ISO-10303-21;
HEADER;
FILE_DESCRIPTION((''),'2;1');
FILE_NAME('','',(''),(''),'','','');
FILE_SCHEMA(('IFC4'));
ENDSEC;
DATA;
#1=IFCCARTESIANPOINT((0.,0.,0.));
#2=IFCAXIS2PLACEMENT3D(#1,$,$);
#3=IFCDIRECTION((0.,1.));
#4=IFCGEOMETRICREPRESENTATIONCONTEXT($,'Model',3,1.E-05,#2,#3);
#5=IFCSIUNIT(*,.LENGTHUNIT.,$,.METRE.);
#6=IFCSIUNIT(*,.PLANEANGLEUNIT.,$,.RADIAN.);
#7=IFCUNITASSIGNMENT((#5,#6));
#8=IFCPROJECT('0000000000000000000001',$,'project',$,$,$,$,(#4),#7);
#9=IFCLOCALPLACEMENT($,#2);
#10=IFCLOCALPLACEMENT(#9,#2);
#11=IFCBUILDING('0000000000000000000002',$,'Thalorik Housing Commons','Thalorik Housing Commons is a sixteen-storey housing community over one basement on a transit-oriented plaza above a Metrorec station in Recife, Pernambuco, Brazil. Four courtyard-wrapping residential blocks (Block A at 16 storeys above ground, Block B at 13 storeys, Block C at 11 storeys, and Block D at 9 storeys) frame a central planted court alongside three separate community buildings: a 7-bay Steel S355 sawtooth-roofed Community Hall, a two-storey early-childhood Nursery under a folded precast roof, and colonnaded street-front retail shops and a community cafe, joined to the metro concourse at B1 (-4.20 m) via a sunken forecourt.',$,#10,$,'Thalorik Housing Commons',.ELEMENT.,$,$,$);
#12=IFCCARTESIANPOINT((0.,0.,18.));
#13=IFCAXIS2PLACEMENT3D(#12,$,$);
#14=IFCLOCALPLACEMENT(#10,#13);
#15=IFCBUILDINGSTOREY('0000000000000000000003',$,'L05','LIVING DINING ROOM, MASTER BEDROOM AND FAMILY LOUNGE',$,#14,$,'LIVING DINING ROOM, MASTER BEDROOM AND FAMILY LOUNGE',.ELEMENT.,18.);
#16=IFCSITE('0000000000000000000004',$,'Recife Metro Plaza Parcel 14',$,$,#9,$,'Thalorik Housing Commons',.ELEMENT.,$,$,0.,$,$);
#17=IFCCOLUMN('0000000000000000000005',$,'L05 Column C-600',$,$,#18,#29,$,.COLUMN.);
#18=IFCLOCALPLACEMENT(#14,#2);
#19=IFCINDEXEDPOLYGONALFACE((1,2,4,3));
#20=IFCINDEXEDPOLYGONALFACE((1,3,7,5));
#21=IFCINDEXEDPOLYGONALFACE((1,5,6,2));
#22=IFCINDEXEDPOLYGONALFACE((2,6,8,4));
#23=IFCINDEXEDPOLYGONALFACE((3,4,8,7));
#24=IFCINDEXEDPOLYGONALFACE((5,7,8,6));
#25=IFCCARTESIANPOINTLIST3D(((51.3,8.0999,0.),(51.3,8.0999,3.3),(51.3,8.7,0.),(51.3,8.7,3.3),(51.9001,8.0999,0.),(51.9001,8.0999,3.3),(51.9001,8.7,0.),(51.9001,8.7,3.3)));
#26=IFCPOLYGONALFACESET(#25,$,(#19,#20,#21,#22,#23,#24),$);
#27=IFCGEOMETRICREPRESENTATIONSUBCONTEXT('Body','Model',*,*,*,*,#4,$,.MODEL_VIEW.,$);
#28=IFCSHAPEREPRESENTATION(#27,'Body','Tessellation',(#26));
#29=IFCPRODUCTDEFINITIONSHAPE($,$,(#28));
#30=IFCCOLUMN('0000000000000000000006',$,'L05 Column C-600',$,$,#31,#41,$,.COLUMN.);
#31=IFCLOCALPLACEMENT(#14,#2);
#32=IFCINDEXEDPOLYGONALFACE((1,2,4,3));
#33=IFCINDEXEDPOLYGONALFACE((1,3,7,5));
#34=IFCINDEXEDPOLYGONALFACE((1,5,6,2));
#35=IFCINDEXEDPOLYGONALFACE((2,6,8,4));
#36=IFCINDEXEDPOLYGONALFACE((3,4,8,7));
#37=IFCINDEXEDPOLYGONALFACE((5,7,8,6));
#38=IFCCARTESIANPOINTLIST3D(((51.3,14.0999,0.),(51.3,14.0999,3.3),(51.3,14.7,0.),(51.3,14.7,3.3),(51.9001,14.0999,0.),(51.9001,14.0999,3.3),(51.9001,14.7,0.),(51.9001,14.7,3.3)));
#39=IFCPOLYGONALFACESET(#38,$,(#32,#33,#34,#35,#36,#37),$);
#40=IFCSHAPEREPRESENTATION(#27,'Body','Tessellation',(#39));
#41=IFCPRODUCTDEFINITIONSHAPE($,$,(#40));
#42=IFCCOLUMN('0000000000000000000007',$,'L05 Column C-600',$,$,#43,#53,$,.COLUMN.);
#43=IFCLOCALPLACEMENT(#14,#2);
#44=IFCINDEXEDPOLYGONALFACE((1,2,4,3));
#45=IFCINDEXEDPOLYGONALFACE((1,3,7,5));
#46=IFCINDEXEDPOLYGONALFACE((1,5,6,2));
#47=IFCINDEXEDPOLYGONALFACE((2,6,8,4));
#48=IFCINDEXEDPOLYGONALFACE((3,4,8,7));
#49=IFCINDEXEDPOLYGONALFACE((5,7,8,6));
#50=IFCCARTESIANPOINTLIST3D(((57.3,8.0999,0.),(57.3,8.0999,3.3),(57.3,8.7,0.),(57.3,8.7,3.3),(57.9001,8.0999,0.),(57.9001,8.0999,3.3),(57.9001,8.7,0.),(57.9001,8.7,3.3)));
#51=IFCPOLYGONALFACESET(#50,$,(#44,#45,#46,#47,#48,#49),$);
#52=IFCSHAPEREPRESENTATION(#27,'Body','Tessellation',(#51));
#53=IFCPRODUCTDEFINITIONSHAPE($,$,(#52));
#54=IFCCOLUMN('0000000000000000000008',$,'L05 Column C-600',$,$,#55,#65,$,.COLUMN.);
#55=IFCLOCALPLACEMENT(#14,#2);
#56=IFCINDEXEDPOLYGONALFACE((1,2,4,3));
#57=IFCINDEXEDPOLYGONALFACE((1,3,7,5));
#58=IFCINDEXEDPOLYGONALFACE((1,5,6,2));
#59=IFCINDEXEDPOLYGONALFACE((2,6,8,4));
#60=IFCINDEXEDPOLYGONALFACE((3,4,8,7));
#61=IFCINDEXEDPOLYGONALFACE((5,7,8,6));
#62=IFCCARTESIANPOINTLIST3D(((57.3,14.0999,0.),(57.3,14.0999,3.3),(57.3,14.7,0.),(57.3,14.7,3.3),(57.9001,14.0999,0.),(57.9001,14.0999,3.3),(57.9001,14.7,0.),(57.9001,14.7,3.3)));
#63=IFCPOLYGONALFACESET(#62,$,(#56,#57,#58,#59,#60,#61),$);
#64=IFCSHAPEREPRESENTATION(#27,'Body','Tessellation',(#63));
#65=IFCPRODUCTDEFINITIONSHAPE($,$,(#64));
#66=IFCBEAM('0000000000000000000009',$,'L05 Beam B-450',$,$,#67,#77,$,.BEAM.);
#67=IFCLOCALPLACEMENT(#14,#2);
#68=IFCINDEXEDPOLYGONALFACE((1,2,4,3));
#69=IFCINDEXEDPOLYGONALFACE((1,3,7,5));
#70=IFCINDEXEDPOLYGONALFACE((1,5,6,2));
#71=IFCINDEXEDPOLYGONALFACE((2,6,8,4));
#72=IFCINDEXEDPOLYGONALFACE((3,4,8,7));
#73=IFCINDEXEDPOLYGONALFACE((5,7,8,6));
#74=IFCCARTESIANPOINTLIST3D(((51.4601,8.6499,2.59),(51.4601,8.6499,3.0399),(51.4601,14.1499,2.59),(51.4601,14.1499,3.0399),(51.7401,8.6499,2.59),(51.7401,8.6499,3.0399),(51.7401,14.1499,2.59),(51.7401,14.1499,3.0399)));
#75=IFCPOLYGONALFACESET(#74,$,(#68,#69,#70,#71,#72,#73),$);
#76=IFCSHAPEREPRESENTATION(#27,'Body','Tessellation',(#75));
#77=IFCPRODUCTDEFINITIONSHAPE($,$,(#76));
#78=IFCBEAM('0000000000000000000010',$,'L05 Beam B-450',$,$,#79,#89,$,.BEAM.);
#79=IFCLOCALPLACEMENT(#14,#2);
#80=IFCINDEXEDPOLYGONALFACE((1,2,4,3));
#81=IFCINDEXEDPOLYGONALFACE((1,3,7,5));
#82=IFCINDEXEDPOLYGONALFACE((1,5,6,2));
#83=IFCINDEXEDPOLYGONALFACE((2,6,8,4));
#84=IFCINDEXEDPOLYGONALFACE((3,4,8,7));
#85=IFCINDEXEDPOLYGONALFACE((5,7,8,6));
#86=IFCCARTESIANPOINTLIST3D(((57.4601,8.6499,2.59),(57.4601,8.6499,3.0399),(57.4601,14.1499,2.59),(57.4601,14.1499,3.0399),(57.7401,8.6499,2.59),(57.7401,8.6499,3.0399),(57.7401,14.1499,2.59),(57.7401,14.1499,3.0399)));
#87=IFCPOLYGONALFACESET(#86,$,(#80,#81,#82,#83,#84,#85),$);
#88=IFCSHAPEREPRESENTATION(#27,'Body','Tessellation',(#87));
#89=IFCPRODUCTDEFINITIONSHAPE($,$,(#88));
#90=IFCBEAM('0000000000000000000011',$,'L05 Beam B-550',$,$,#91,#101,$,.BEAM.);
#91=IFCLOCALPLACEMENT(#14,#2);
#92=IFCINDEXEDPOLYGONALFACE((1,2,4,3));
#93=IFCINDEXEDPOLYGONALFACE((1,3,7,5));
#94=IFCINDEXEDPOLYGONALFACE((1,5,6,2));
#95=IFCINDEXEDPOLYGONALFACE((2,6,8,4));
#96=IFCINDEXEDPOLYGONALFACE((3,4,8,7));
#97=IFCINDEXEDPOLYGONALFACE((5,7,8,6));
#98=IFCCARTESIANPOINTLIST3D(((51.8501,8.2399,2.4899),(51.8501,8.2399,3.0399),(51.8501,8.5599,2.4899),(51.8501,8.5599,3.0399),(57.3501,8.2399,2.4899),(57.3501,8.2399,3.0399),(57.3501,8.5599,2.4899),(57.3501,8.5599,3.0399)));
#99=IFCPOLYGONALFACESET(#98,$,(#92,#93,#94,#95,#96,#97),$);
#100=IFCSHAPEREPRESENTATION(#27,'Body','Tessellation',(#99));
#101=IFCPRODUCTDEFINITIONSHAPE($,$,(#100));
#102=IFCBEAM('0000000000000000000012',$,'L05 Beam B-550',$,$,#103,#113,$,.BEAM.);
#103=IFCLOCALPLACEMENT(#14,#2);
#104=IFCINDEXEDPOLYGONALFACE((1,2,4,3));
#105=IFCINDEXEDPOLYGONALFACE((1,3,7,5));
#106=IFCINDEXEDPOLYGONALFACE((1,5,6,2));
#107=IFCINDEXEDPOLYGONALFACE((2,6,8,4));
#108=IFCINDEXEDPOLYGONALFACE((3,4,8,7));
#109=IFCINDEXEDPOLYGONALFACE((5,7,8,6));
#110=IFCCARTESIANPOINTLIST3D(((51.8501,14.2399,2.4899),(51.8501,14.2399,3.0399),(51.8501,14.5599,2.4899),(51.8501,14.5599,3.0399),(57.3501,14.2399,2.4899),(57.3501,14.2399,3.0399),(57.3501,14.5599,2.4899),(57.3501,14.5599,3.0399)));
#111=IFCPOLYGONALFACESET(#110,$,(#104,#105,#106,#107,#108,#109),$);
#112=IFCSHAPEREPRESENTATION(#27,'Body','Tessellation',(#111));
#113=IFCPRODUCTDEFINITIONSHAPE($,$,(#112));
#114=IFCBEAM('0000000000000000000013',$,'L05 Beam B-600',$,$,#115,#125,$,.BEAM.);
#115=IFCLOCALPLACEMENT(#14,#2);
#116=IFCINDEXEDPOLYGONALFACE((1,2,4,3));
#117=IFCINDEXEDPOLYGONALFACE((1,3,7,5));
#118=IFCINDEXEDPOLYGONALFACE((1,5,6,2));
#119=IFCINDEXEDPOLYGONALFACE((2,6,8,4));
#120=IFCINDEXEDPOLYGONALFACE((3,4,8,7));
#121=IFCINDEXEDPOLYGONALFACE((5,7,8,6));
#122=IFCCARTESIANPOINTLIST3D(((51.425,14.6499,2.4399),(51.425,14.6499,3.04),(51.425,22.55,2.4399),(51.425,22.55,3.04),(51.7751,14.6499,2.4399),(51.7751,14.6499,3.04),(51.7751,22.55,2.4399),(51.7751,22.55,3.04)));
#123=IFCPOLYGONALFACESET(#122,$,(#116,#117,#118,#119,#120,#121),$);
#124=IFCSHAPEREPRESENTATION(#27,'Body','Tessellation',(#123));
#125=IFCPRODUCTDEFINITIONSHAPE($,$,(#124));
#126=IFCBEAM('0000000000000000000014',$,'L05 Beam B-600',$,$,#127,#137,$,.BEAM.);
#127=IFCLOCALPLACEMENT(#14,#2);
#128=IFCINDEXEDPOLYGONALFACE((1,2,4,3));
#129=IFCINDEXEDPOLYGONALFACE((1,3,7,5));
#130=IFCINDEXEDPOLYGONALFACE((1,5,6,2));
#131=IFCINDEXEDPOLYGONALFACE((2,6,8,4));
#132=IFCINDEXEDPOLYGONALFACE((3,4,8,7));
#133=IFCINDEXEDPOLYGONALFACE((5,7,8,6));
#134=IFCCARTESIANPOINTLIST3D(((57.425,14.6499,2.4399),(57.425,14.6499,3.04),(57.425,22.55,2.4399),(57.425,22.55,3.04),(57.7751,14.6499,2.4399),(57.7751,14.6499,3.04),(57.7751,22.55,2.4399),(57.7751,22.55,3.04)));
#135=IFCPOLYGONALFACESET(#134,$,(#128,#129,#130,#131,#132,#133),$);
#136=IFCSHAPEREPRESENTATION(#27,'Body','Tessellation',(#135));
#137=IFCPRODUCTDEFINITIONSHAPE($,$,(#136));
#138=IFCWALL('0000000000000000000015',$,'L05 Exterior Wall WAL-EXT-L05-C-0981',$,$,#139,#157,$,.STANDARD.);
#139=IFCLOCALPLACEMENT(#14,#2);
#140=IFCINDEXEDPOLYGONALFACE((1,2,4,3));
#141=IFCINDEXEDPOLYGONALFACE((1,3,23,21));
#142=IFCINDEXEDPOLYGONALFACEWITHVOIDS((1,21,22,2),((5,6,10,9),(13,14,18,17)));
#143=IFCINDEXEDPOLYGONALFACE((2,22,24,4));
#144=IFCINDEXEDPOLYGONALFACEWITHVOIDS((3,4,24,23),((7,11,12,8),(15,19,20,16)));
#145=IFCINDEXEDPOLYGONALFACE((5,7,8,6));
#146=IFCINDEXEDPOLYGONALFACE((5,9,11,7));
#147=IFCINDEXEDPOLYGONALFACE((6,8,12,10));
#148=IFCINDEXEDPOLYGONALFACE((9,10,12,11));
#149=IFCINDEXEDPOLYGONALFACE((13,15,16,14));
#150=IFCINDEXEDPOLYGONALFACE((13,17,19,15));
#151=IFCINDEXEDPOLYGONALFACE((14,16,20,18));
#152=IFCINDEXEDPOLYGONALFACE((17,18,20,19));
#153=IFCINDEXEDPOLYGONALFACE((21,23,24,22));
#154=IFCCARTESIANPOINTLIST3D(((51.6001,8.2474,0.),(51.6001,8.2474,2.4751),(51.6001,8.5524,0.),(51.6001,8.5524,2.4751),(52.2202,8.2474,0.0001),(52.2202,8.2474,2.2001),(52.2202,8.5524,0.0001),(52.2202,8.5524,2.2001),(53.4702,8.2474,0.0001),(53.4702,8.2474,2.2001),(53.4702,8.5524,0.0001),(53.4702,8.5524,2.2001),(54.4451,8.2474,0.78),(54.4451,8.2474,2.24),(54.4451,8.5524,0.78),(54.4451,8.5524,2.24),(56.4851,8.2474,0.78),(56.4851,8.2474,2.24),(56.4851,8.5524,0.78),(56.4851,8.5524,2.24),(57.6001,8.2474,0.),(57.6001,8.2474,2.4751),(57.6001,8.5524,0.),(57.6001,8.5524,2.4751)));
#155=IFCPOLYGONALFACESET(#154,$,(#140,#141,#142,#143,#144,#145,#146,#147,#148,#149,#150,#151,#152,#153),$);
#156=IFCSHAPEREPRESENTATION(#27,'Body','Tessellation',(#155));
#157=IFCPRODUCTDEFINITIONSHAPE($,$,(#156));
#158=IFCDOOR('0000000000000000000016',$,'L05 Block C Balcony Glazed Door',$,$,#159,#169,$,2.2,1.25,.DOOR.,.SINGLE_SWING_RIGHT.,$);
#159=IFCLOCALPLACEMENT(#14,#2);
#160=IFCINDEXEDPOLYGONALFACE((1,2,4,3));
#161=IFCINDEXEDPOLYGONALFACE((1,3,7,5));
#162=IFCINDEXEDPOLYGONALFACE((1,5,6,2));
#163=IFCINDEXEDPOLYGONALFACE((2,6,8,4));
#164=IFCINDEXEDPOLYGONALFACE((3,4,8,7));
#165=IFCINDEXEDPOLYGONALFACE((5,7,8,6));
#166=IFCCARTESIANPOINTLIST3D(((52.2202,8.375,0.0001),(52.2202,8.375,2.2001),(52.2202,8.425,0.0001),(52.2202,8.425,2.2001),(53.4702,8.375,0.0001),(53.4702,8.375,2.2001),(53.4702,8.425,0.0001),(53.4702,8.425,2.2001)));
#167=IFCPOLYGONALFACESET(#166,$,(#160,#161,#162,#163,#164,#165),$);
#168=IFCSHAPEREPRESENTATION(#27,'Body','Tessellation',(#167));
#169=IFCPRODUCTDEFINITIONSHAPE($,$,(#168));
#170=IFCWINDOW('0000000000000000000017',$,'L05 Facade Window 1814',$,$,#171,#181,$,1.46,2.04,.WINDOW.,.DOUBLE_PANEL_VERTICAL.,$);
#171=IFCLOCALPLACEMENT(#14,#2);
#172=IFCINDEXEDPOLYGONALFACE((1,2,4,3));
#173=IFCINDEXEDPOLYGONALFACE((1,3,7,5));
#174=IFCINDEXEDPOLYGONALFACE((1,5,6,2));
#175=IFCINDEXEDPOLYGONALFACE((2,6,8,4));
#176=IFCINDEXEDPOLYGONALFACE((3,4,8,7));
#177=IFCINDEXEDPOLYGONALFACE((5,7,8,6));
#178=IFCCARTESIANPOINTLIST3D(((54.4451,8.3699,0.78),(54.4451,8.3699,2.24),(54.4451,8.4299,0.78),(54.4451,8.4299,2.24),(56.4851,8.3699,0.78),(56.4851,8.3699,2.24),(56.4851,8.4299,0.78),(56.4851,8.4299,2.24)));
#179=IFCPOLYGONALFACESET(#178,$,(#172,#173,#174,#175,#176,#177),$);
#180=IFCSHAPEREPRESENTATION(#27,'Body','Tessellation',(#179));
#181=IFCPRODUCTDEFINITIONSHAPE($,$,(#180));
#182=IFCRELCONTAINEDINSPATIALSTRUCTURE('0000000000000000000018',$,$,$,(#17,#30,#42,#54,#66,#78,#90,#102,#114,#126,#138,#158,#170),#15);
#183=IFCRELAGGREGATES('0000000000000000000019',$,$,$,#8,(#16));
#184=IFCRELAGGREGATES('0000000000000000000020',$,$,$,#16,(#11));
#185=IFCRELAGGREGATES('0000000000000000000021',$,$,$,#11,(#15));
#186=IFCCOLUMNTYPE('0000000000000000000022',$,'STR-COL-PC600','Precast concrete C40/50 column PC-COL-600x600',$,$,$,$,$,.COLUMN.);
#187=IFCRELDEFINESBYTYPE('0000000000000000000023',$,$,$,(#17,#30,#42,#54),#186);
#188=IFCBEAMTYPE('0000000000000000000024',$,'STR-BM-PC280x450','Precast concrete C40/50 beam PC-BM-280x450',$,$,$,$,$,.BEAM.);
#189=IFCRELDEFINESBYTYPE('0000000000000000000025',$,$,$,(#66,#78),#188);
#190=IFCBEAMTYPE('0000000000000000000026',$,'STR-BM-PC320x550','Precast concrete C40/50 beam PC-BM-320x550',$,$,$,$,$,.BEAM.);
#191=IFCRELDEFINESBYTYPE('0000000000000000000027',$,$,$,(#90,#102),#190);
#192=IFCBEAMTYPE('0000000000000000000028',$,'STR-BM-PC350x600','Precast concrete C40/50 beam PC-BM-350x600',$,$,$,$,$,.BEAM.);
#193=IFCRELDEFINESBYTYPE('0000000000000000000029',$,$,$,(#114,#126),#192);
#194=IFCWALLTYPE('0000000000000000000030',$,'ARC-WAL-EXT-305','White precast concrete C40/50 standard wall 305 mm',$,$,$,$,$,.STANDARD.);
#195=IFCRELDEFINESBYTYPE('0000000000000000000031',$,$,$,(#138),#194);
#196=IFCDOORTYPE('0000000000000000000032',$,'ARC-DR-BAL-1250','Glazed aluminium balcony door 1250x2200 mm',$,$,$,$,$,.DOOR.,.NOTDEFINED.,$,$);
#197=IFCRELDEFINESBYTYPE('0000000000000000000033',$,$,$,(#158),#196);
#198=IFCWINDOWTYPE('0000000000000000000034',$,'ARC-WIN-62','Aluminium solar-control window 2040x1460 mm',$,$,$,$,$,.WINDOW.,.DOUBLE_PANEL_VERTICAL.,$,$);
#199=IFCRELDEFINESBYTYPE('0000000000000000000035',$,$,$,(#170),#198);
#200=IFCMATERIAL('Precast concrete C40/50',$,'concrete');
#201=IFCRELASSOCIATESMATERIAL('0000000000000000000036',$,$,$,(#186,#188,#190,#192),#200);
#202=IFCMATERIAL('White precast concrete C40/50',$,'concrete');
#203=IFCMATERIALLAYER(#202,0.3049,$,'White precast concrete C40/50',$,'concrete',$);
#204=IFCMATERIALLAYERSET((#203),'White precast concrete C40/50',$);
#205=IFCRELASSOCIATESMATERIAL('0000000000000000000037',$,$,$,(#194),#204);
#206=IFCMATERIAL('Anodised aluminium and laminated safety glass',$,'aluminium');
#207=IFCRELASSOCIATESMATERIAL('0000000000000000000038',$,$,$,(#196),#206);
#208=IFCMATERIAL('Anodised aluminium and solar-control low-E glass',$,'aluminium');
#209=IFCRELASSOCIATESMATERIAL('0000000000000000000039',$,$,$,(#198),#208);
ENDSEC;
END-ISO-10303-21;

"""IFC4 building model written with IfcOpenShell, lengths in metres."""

from ifc_helpers import new_model, si_unit, direction, frame, frame_2d, origin, origin_2d, place, context, subcontext, project, spatial, rectangle, extrude, material, layer, layer_set, material_profile, profile_set, type_object, element, fill, save


model = new_model("IFC4")

# Units and contexts
model_context = context("Model", 3, precision=1e-05, world=origin(), true_north=direction((0.0, 1.0)))
body_context = subcontext(model_context, "Body", "Model", "MODEL_VIEW")
ifc_project = project(units=[si_unit("LENGTHUNIT", "METRE"), si_unit("PLANEANGLEUNIT", "RADIAN")], contexts=[model_context])

# Site, building, storey
site_placement = place(None, origin())
site = spatial("IfcSite", under=ifc_project, at=site_placement, Name="Recife Metro Plaza Parcel 14", LongName="Thalorik Housing Commons", CompositionType="ELEMENT", RefElevation=0.0)
building_placement = place(site_placement, origin())
building = spatial("IfcBuilding", under=site, at=building_placement, Name="Thalorik Housing Commons", Description="Thalorik Housing Commons is a sixteen-storey housing community over one basement on a transit-oriented plaza above a Metrorec station in Recife, Pernambuco, Brazil. Four courtyard-wrapping residential blocks (Block A at 16 storeys above ground, Block B at 13 storeys, Block C at 11 storeys, and Block D at 9 storeys) frame a central planted court alongside three separate community buildings: a 7-bay Steel S355 sawtooth-roofed Community Hall, a two-storey early-childhood Nursery under a folded precast roof, and colonnaded street-front retail shops and a community cafe, joined to the metro concourse at B1 (-4.20 m) via a sunken forecourt.", LongName="Thalorik Housing Commons", CompositionType="ELEMENT")
storey_placement = place(building_placement, frame((0.0, 0.0, 18.0)))
storey = spatial("IfcBuildingStorey", under=building, at=storey_placement, Name="L05", Description="LIVING DINING ROOM, MASTER BEDROOM AND FAMILY LOUNGE", LongName="LIVING DINING ROOM, MASTER BEDROOM AND FAMILY LOUNGE", CompositionType="ELEMENT", Elevation=18.0)

# Columns
ifc_material_1 = material(Name="Precast concrete C40/50", Category="concrete")
ifc_material_profile_1 = material_profile(ifc_material_1, rectangle(XDim=0.6001, YDim=0.6001, at=origin_2d()), Name="PC 600x600", Category="concrete")
ifc_profile_set_1 = profile_set([ifc_material_profile_1], Name="Precast concrete C40/50")
column_type = type_object("IfcColumnType", Name="STR-COL-PC600", Description="Precast concrete C40/50 column PC-COL-600x600", PredefinedType="COLUMN", material=ifc_profile_set_1)
for number, where, z_axis, x_axis, name in (
    (1, (51.6001, 8.3999, 0.0), (0.0, 0.0, 1.0), (1.0, 0.0, 0.0), "L05 Column C-600"),
    (2, (51.6001, 14.3999, 0.0), (0.0, 0.0, 1.0), (1.0, 0.0, 0.0), "L05 Column C-600"),
    (3, (57.6001, 8.3999, 0.0), (0.0, 0.0, 1.0), (1.0, 0.0, 0.0), "L05 Column C-600"),
    (4, (57.6001, 14.3999, 0.0), (0.0, 0.0, 1.0), (1.0, 0.0, 0.0), "L05 Column C-600"),
):
    element("IfcColumn", number, at=place(storey_placement, frame(where, z_axis=z_axis, x_axis=x_axis)), inside=storey, type_object=column_type, Name=name, PredefinedType="COLUMN", context=body_context, shape_type="SweptSolid", body=[
        extrude(rectangle(XDim=0.6001, YDim=0.6001, at=origin_2d()), origin(), (0.0, 0.0, 1.0), 3.3),
    ])

# Beams
ifc_material_profile_2 = material_profile(ifc_material_1, rectangle(XDim=0.28, YDim=0.45, at=origin_2d()), Name="PC 280x450", Category="concrete")
ifc_profile_set_2 = profile_set([ifc_material_profile_2], Name="Precast concrete C40/50")
beam_type_1 = type_object("IfcBeamType", Name="STR-BM-PC280x450", Description="Precast concrete C40/50 beam PC-BM-280x450", PredefinedType="BEAM", material=ifc_profile_set_2)
for number, where, z_axis, x_axis, name in (
    (5, (51.6001, 8.6499, 2.8149), (0.0, 1.0, 0.0), (-1.0, 0.0, 0.0), "L05 Beam B-450"),
    (6, (57.6001, 8.6499, 2.8149), (0.0, 1.0, 0.0), (-1.0, 0.0, 0.0), "L05 Beam B-450"),
):
    element("IfcBeam", number, at=place(storey_placement, frame(where, z_axis=z_axis, x_axis=x_axis)), inside=storey, type_object=beam_type_1, Name=name, PredefinedType="BEAM", context=body_context, shape_type="SweptSolid", body=[
        extrude(rectangle(XDim=0.28, YDim=0.45, at=origin_2d()), origin(), (0.0, 0.0, 1.0), 5.5),
    ])
ifc_material_profile_3 = material_profile(ifc_material_1, rectangle(XDim=0.3201, YDim=0.55, at=origin_2d()), Name="PC 320x550", Category="concrete")
ifc_profile_set_3 = profile_set([ifc_material_profile_3], Name="Precast concrete C40/50")
beam_type_2 = type_object("IfcBeamType", Name="STR-BM-PC320x550", Description="Precast concrete C40/50 beam PC-BM-320x550", PredefinedType="BEAM", material=ifc_profile_set_3)
for number, where, z_axis, x_axis, name in (
    (7, (51.8501, 8.3999, 2.7649), (1.0, 0.0, 0.0), (0.0, 1.0, 0.0), "L05 Beam B-550"),
    (8, (51.8501, 14.3999, 2.7649), (1.0, 0.0, 0.0), (0.0, 1.0, 0.0), "L05 Beam B-550"),
):
    element("IfcBeam", number, at=place(storey_placement, frame(where, z_axis=z_axis, x_axis=x_axis)), inside=storey, type_object=beam_type_2, Name=name, PredefinedType="BEAM", context=body_context, shape_type="SweptSolid", body=[
        extrude(rectangle(XDim=0.3201, YDim=0.55, at=origin_2d()), origin(), (0.0, 0.0, 1.0), 5.5),
    ])
ifc_material_profile_4 = material_profile(ifc_material_1, rectangle(XDim=0.3501, YDim=0.6001, at=origin_2d()), Name="PC 350x600", Category="concrete")
ifc_profile_set_4 = profile_set([ifc_material_profile_4], Name="Precast concrete C40/50")
beam_type_3 = type_object("IfcBeamType", Name="STR-BM-PC350x600", Description="Precast concrete C40/50 beam PC-BM-350x600", PredefinedType="BEAM", material=ifc_profile_set_4)
for number, where, z_axis, x_axis, name in (
    (9, (51.6001, 14.6499, 2.74), (0.0, 1.0, 0.0), (-1.0, 0.0, 0.0), "L05 Beam B-600"),
    (10, (57.6001, 14.6499, 2.74), (0.0, 1.0, 0.0), (-1.0, 0.0, 0.0), "L05 Beam B-600"),
):
    element("IfcBeam", number, at=place(storey_placement, frame(where, z_axis=z_axis, x_axis=x_axis)), inside=storey, type_object=beam_type_3, Name=name, PredefinedType="BEAM", context=body_context, shape_type="SweptSolid", body=[
        extrude(rectangle(XDim=0.3501, YDim=0.6001, at=origin_2d()), origin(), (0.0, 0.0, 1.0), 7.9001),
    ])

# Wall, openings, door, window
ifc_material_2 = material(Name="White precast concrete C40/50", Category="concrete")
ifc_layer_1 = layer(ifc_material_2, 0.3049, Name="White precast concrete C40/50", Category="concrete")
ifc_layer_set_1 = layer_set([ifc_layer_1], Name="White precast concrete C40/50")
wall_type = type_object("IfcWallType", Name="ARC-WAL-EXT-305", Description="White precast concrete C40/50 standard wall 305 mm", PredefinedType="STANDARD", material=ifc_layer_set_1)
wall_placement = place(storey_placement, frame((51.6001, 8.3999, 0.0), z_axis=(0.0, 0.0, 1.0), x_axis=(1.0, 0.0, 0.0)))
wall = element("IfcWall", 11, at=wall_placement, inside=storey, type_object=wall_type, Name="L05 Exterior Wall WAL-EXT-L05-C-0981", PredefinedType="STANDARD", context=body_context, shape_type="SweptSolid", body=[
    extrude(rectangle(XDim=6.0, YDim=0.3049, at=frame_2d((3.0, 0.0))), origin(), (0.0, 0.0, 1.0), 2.4751),
])
opening_1_placement = place(wall_placement, frame((0.6201, 0.0, 0.0)))
opening_1 = element("IfcOpeningElement", 12, at=opening_1_placement, cuts=wall, PredefinedType="OPENING", context=body_context, shape_type="SweptSolid", body=[
    extrude(rectangle(XDim=1.25, YDim=2.2, at=frame_2d((0.625, 1.1001))), frame((0.0, 0.1626, 0.0), z_axis=(0.0, -1.0, 0.0), x_axis=(1.0, 0.0, 0.0)), (0.0, 0.0, 1.0), 0.325),
])
opening_2_placement = place(wall_placement, frame((2.845, 0.0, 0.78)))
opening_2 = element("IfcOpeningElement", 13, at=opening_2_placement, cuts=wall, PredefinedType="OPENING", context=body_context, shape_type="SweptSolid", body=[
    extrude(rectangle(XDim=2.04, YDim=1.46, at=frame_2d((1.02, 0.73))), frame((0.0, 0.1626, 0.0), z_axis=(0.0, -1.0, 0.0), x_axis=(1.0, 0.0, 0.0)), (0.0, 0.0, 1.0), 0.325),
])
ifc_material_3 = material(Name="Anodised aluminium and laminated safety glass", Category="aluminium")
door_type = type_object("IfcDoorType", Name="ARC-DR-BAL-1250", Description="Glazed aluminium balcony door 1250x2200 mm", OperationType="NOTDEFINED", PredefinedType="DOOR", material=ifc_material_3)
door_placement = place(opening_1_placement, frame((1.25, 0.0, 0.0), z_axis=(0.0, 0.0, 1.0), x_axis=(-1.0, 0.0, 0.0)))
door = element("IfcDoor", 14, at=door_placement, inside=storey, type_object=door_type, Name="L05 Block C Balcony Glazed Door", OperationType="SINGLE_SWING_RIGHT", OverallHeight=2.2, OverallWidth=1.25, PredefinedType="DOOR", context=body_context, shape_type="SweptSolid", body=[
    extrude(rectangle(XDim=1.25, YDim=2.2, at=frame_2d((0.625, 1.1001))), frame((0.0, 0.0249, 0.0), z_axis=(0.0, -1.0, 0.0), x_axis=(1.0, 0.0, 0.0)), (0.0, 0.0, 1.0), 0.05),
])
fill(opening_1, door)
ifc_material_4 = material(Name="Anodised aluminium and solar-control low-E glass", Category="aluminium")
window_type = type_object("IfcWindowType", Name="ARC-WIN-62", Description="Aluminium solar-control window 2040x1460 mm", PartitioningType="DOUBLE_PANEL_VERTICAL", PredefinedType="WINDOW", material=ifc_material_4)
window_placement = place(opening_2_placement, origin())
window = element("IfcWindow", 15, at=window_placement, inside=storey, type_object=window_type, Name="L05 Facade Window 1814", OverallHeight=1.46, OverallWidth=2.04, PartitioningType="DOUBLE_PANEL_VERTICAL", PredefinedType="WINDOW", context=body_context, shape_type="SweptSolid", body=[
    extrude(rectangle(XDim=2.04, YDim=1.46, at=frame_2d((1.02, 0.73))), frame((0.0, 0.03, 0.0), z_axis=(0.0, -1.0, 0.0), x_axis=(1.0, 0.0, 0.0)), (0.0, 0.0, 1.0), 0.0601),
])
fill(opening_2, window)

save(model, "model.ifc")
